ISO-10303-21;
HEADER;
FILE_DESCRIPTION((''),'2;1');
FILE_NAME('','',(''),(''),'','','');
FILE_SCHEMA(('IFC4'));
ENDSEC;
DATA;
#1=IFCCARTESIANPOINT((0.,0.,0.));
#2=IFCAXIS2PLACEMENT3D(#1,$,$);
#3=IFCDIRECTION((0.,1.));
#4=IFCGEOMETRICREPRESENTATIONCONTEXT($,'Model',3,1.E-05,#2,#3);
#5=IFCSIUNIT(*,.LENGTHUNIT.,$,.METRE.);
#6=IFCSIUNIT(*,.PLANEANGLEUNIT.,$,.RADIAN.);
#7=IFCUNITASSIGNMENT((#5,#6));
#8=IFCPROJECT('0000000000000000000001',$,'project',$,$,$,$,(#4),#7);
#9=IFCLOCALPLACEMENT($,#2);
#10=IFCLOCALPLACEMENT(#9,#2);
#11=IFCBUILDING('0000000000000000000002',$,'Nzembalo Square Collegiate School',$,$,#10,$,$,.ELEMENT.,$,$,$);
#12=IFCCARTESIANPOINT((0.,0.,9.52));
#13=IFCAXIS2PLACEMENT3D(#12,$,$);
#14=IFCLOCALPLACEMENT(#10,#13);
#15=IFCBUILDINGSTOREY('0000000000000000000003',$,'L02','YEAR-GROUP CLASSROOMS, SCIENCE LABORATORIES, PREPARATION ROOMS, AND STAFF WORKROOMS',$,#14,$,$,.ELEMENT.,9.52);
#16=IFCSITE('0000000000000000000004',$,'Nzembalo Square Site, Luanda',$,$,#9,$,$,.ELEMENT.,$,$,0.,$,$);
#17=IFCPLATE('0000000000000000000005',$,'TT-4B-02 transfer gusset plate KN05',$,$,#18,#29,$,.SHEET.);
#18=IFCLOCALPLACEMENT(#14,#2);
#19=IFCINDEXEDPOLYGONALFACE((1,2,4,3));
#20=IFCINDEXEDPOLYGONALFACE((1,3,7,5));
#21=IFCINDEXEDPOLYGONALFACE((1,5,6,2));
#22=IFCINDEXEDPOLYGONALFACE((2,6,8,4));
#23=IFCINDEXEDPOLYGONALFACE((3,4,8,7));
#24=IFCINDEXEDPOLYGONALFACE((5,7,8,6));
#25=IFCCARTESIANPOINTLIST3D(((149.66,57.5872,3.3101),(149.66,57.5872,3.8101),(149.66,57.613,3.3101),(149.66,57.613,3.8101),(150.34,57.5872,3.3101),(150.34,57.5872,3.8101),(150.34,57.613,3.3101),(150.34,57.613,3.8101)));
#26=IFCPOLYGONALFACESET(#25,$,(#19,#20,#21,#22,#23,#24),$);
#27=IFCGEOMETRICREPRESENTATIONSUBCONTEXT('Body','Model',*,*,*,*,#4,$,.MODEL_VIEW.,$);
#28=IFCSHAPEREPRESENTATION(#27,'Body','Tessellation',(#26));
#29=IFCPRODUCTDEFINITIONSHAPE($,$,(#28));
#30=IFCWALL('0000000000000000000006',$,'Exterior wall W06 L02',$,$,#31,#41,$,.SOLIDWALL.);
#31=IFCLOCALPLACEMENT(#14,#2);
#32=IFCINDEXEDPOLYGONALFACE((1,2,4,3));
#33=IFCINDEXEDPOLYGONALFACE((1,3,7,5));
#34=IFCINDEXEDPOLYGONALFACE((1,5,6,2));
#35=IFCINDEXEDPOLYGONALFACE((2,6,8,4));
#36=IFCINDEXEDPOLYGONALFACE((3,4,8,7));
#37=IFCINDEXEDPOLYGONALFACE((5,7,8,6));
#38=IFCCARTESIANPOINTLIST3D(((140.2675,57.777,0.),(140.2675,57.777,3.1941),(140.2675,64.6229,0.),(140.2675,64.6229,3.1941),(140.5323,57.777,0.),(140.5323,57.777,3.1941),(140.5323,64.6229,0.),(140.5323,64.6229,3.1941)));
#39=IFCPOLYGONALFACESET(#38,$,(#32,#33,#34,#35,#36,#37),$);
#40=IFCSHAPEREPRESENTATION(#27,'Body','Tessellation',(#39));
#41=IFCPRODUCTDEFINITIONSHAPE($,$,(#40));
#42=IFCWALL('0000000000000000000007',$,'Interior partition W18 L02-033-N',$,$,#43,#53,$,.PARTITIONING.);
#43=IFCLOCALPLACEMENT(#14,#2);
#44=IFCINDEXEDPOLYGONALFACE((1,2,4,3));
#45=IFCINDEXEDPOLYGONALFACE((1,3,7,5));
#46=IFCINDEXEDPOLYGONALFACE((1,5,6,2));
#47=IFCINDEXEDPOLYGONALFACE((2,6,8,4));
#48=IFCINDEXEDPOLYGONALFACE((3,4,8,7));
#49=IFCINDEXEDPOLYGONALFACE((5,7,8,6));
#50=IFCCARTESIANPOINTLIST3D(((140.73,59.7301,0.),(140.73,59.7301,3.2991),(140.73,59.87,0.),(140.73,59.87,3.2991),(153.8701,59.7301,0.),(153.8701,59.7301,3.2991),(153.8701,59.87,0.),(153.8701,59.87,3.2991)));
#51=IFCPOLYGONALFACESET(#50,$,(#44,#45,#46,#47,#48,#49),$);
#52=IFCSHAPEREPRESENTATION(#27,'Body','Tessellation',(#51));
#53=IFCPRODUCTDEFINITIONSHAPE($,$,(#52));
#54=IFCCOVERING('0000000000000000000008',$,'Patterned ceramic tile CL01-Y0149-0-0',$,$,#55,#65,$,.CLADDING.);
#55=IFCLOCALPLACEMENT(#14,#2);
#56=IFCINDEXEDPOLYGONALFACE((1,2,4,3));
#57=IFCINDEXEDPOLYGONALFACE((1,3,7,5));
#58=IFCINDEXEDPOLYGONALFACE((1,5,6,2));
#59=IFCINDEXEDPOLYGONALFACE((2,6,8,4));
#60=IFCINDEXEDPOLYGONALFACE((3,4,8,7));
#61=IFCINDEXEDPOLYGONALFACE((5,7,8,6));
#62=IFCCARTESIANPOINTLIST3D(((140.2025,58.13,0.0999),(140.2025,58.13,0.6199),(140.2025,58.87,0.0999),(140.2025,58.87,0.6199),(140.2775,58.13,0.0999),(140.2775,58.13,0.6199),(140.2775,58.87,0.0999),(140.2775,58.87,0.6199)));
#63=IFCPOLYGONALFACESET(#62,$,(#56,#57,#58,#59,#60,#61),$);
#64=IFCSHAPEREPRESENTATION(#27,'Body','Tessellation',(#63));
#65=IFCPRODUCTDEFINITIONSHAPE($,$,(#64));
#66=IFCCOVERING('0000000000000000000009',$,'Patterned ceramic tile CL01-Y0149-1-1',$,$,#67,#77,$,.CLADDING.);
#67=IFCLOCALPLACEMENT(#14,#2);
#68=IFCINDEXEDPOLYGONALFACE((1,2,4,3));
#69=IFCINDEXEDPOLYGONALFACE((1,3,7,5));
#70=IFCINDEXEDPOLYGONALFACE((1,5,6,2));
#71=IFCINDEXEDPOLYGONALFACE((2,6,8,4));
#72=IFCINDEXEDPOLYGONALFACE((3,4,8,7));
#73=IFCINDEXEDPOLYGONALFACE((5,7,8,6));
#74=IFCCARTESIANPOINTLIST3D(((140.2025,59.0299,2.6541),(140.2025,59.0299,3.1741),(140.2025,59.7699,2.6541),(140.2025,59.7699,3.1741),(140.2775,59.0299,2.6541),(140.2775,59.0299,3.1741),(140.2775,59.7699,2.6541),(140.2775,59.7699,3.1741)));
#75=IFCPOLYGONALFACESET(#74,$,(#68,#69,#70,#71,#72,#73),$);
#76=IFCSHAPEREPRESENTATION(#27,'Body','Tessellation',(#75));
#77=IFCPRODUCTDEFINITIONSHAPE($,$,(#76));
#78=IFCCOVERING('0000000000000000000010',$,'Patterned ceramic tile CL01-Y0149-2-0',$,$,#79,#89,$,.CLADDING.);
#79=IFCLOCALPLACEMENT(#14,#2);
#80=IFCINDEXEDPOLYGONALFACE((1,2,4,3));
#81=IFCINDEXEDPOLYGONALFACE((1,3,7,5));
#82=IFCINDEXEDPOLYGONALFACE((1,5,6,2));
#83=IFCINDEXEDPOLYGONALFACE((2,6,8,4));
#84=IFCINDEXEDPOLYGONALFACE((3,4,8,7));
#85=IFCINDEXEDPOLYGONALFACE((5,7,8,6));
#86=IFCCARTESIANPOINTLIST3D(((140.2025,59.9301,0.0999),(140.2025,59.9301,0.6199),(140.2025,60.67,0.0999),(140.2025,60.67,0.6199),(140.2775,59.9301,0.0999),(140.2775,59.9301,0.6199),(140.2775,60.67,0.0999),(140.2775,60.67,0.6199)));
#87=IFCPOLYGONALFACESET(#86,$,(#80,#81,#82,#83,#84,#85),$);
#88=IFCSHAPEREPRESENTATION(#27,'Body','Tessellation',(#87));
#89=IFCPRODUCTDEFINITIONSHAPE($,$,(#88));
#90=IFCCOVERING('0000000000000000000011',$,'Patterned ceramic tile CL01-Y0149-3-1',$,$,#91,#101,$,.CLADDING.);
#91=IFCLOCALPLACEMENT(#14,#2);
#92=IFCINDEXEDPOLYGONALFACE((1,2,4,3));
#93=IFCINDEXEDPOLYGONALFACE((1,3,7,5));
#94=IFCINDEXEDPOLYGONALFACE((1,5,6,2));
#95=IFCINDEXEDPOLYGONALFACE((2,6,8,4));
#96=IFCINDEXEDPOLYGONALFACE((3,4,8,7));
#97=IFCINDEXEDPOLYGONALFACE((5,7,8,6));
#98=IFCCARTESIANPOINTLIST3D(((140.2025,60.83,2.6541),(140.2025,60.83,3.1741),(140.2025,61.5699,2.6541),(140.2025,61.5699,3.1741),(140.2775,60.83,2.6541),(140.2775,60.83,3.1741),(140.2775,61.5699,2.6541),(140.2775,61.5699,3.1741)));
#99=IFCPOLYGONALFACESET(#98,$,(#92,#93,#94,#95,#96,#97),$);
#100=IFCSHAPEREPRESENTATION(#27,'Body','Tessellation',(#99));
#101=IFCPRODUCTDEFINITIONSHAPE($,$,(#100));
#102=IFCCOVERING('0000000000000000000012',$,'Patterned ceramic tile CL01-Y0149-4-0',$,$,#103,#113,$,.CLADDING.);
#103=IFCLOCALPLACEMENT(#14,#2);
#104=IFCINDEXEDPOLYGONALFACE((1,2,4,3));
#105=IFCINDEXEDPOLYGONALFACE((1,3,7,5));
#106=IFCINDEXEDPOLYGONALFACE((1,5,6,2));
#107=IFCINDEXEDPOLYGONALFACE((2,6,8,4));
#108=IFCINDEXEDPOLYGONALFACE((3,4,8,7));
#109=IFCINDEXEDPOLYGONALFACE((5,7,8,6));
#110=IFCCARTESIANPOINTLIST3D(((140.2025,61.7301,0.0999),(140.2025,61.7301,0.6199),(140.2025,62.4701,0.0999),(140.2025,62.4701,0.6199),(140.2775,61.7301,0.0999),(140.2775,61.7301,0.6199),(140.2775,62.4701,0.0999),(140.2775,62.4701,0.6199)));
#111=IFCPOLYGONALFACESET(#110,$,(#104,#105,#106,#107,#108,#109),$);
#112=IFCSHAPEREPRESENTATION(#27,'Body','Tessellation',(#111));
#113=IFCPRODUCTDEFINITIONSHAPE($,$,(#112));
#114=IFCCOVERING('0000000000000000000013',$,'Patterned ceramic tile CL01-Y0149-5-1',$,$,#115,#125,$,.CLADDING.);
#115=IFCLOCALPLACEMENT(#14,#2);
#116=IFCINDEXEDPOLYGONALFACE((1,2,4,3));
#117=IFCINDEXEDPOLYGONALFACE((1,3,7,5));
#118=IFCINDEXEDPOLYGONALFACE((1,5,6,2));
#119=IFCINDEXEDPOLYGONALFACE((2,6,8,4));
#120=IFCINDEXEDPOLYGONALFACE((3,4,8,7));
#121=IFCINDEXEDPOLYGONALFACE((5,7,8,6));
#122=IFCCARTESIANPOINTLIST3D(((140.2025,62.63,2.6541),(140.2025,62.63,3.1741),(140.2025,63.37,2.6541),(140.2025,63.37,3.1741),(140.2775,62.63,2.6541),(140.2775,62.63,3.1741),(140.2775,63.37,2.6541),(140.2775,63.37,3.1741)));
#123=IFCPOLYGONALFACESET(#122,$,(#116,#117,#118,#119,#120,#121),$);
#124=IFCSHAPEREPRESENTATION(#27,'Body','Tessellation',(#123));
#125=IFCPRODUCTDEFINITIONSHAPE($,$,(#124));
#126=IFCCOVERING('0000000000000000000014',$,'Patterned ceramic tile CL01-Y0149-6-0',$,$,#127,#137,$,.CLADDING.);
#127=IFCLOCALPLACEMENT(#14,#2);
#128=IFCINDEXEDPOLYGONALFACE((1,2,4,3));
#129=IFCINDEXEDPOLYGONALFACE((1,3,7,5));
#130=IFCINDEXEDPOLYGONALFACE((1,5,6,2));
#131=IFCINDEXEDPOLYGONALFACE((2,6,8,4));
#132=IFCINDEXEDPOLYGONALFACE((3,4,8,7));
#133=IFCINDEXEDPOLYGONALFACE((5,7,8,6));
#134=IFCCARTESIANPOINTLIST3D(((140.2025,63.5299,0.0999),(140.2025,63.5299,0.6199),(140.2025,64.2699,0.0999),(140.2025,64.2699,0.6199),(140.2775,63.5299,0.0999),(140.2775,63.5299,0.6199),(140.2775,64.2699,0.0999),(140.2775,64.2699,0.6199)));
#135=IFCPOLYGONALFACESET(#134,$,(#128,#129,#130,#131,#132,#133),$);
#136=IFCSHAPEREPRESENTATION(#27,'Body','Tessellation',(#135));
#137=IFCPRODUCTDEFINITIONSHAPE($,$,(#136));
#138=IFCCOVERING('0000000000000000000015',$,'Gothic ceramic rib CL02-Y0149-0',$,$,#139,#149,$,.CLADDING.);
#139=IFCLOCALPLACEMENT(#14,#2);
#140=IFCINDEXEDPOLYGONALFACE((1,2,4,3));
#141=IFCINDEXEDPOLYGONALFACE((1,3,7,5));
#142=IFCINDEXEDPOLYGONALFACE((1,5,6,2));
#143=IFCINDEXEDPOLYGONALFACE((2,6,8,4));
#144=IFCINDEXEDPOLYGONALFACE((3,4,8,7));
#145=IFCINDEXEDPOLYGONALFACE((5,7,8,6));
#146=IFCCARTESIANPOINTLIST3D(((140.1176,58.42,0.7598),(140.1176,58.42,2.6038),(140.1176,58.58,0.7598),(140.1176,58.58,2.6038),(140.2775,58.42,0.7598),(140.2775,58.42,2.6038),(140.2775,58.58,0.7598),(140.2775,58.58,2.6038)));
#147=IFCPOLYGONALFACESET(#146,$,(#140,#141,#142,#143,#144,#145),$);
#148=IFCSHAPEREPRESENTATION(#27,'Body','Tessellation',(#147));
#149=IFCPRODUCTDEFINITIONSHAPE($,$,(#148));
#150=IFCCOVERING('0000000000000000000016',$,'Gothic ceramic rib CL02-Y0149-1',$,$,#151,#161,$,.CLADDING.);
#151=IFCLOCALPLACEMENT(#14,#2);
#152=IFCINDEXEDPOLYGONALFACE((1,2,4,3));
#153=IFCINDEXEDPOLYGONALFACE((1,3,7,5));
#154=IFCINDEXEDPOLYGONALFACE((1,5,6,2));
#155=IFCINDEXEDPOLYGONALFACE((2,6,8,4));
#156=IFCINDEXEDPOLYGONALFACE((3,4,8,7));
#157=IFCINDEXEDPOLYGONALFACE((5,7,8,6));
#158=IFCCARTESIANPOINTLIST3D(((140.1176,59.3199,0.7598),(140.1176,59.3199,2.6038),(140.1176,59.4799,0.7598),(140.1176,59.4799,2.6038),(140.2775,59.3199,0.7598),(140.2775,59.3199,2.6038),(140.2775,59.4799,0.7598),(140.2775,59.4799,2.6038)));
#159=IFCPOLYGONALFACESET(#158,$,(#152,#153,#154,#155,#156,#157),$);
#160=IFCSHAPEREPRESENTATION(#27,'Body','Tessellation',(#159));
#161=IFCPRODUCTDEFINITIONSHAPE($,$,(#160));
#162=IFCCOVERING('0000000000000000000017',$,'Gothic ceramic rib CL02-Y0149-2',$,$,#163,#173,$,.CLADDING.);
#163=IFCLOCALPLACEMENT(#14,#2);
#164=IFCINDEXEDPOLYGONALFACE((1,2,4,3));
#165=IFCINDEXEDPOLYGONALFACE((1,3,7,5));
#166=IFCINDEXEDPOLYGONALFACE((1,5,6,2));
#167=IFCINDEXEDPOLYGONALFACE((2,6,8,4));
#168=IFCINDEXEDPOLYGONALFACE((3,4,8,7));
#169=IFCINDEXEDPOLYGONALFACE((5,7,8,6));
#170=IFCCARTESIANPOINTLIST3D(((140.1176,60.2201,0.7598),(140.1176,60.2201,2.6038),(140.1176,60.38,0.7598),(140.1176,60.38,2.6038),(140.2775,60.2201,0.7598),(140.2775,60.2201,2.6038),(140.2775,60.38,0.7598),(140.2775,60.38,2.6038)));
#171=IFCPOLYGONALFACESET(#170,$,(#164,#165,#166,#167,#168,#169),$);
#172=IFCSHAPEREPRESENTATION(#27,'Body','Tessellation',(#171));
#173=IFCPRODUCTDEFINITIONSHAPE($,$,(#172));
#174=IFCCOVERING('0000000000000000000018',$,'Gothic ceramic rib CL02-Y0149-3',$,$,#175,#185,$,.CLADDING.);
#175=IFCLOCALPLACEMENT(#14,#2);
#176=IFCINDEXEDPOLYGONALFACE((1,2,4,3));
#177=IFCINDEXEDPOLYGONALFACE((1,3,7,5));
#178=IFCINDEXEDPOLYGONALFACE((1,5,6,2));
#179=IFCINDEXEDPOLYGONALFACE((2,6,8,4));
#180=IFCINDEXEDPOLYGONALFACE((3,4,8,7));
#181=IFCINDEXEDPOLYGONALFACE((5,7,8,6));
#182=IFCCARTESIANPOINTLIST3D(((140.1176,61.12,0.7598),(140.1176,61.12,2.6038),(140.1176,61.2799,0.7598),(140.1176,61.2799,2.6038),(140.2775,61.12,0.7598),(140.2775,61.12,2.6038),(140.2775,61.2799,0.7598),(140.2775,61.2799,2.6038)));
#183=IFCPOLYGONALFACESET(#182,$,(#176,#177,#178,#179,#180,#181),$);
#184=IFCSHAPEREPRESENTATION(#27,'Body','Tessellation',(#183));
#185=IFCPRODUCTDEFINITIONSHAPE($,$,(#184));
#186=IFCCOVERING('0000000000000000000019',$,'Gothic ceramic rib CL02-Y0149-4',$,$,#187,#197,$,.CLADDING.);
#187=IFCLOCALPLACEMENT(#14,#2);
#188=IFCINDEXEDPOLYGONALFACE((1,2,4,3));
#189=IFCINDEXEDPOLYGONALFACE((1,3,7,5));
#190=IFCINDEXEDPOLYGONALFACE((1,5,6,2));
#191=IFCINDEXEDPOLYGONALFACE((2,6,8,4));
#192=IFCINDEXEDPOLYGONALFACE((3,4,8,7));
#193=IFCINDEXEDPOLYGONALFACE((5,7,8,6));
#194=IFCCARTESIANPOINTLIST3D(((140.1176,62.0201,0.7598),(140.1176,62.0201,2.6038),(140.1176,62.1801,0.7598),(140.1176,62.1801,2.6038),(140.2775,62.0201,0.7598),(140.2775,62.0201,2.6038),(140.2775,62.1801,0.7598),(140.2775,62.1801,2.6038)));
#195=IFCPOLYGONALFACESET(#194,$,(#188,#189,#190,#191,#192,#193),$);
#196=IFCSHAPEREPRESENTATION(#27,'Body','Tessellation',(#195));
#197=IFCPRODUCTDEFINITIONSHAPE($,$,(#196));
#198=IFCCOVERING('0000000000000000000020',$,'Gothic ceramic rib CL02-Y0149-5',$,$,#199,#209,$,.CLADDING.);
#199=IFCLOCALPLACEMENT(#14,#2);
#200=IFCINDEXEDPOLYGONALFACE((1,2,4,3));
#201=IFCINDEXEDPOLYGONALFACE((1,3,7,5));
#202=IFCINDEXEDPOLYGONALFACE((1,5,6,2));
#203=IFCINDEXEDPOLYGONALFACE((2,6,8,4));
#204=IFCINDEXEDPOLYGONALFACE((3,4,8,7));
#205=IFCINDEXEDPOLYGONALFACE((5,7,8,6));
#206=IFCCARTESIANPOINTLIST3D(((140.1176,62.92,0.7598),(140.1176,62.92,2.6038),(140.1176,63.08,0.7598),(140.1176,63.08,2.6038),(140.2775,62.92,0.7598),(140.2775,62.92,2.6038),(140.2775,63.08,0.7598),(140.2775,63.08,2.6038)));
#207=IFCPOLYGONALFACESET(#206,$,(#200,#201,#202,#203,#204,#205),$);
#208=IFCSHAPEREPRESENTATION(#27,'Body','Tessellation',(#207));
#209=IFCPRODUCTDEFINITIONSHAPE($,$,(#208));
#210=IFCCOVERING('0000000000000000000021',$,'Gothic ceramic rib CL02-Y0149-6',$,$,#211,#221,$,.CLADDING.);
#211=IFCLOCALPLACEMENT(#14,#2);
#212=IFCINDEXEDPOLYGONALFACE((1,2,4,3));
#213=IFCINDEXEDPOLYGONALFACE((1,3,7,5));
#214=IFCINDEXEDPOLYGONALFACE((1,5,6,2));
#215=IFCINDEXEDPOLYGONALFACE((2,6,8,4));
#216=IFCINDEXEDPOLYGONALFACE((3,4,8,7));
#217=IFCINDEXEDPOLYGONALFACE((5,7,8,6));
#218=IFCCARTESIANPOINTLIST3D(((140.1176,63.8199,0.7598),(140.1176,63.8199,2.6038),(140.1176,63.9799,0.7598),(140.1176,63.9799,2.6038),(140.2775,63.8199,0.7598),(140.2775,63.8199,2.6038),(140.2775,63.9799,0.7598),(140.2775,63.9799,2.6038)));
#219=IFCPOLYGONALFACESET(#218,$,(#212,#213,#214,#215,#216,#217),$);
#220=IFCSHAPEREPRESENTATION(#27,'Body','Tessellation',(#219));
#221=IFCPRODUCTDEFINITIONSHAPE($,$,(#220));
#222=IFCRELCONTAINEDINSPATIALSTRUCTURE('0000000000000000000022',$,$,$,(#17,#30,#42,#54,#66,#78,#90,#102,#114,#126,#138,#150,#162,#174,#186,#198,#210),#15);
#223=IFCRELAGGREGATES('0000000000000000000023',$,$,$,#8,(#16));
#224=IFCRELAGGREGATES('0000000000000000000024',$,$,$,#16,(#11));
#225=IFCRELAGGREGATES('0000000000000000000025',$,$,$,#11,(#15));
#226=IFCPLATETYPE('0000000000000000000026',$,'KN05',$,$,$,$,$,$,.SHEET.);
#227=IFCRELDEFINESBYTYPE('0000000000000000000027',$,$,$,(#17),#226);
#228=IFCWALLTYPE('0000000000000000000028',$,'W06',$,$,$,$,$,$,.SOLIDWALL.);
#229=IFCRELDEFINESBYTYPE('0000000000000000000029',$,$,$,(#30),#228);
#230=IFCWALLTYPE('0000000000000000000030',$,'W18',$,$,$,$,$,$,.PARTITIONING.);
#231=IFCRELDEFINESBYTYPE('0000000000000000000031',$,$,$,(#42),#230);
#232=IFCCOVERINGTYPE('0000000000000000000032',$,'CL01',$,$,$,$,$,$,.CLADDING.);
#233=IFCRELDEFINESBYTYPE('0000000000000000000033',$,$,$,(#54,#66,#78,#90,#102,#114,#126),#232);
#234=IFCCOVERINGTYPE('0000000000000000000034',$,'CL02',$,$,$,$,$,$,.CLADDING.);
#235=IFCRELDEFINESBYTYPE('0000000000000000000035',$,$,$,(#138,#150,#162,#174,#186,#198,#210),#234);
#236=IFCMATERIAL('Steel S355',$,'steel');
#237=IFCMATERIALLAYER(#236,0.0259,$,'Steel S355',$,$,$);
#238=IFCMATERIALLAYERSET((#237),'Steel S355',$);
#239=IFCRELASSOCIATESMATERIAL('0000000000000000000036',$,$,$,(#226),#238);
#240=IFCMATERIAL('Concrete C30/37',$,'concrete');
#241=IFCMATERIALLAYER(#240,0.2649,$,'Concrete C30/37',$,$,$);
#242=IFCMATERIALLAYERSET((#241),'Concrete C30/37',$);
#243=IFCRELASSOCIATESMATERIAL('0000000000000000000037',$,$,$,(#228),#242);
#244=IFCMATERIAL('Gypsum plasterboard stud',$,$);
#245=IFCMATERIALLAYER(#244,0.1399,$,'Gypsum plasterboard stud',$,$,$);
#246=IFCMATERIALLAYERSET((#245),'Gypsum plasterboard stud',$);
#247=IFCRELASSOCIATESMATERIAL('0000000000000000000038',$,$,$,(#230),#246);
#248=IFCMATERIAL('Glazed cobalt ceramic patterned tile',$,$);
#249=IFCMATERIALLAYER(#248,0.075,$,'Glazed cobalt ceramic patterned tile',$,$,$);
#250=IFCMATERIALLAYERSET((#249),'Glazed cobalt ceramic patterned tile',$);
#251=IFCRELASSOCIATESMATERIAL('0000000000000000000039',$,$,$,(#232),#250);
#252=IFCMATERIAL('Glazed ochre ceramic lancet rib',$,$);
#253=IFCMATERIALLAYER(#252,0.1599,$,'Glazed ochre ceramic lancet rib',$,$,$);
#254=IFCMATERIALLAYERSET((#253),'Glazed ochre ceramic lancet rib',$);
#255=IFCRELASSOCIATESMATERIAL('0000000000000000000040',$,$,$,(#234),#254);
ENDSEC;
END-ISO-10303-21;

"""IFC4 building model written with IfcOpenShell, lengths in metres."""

from ifc_helpers import new_model, si_unit, direction, frame, frame_2d, origin, origin_2d, place, context, subcontext, project, spatial, rectangle, extrude, material, layer, layer_set, type_object, element, save


model = new_model("IFC4")

# Units and contexts
model_context = context("Model", 3, precision=1e-05, world=origin(), true_north=direction((0.0, 1.0)))
body_context = subcontext(model_context, "Body", "Model", "MODEL_VIEW")
ifc_project = project(units=[si_unit("LENGTHUNIT", "METRE"), si_unit("PLANEANGLEUNIT", "RADIAN")], contexts=[model_context])

# Site, building, storey
site_placement = place(None, origin())
site = spatial("IfcSite", under=ifc_project, at=site_placement, Name="Nzembalo Square Site, Luanda", CompositionType="ELEMENT", RefElevation=0.0)
building_placement = place(site_placement, origin())
building = spatial("IfcBuilding", under=site, at=building_placement, Name="Nzembalo Square Collegiate School", CompositionType="ELEMENT")
storey_placement = place(building_placement, frame((0.0, 0.0, 9.52)))
storey = spatial("IfcBuildingStorey", under=building, at=storey_placement, Name="L02", Description="YEAR-GROUP CLASSROOMS, SCIENCE LABORATORIES, PREPARATION ROOMS, AND STAFF WORKROOMS", CompositionType="ELEMENT", Elevation=9.52)

# Plate
ifc_material_1 = material(Name="Steel S355", Category="steel")
ifc_layer_1 = layer(ifc_material_1, 0.0259, Name="Steel S355")
ifc_layer_set_1 = layer_set([ifc_layer_1], Name="Steel S355")
plate_type_1 = type_object("IfcPlateType", Name="KN05", PredefinedType="SHEET", material=ifc_layer_set_1)
plate_1_placement = place(storey_placement, frame((150.0, 57.6001, 3.3101), z_axis=(0.0, 0.0, 1.0), x_axis=(1.0, 0.0, 0.0)))
element("IfcPlate", 1, at=plate_1_placement, inside=storey, type_object=plate_type_1, Name="TT-4B-02 transfer gusset plate KN05", PredefinedType="SHEET", context=body_context, shape_type="SweptSolid", body=[
    extrude(rectangle(XDim=0.6799, YDim=0.0259, at=origin_2d()), origin(), (0.0, 0.0, 1.0), 0.5),
])

# Walls
ifc_material_2 = material(Name="Concrete C30/37", Category="concrete")
ifc_layer_2 = layer(ifc_material_2, 0.2649, Name="Concrete C30/37")
ifc_layer_set_2 = layer_set([ifc_layer_2], Name="Concrete C30/37")
wall_type_1 = type_object("IfcWallType", Name="W06", PredefinedType="SOLIDWALL", material=ifc_layer_set_2)
wall_1_placement = place(storey_placement, frame((140.3999, 57.7771, 0.0), z_axis=(0.0, 0.0, 1.0), x_axis=(0.0, 1.0, 0.0)))
element("IfcWall", 2, at=wall_1_placement, inside=storey, type_object=wall_type_1, Name="Exterior wall W06 L02", PredefinedType="SOLIDWALL", context=body_context, shape_type="SweptSolid", body=[
    extrude(rectangle(XDim=6.8459, YDim=0.2649, at=frame_2d((3.4229, 0.0))), origin(), (0.0, 0.0, 1.0), 3.1941),
])
ifc_material_3 = material(Name="Gypsum plasterboard stud")
ifc_layer_3 = layer(ifc_material_3, 0.1399, Name="Gypsum plasterboard stud")
ifc_layer_set_3 = layer_set([ifc_layer_3], Name="Gypsum plasterboard stud")
wall_type_2 = type_object("IfcWallType", Name="W18", PredefinedType="PARTITIONING", material=ifc_layer_set_3)
wall_2_placement = place(storey_placement, frame((140.73, 59.8, 0.0), z_axis=(0.0, 0.0, 1.0), x_axis=(1.0, 0.0, 0.0)))
element("IfcWall", 3, at=wall_2_placement, inside=storey, type_object=wall_type_2, Name="Interior partition W18 L02-033-N", PredefinedType="PARTITIONING", context=body_context, shape_type="SweptSolid", body=[
    extrude(rectangle(XDim=13.1401, YDim=0.1399, at=frame_2d((6.5701, 0.0))), origin(), (0.0, 0.0, 1.0), 3.2991),
])

# Coverings
ifc_material_4 = material(Name="Glazed cobalt ceramic patterned tile")
ifc_layer_4 = layer(ifc_material_4, 0.075, Name="Glazed cobalt ceramic patterned tile")
ifc_layer_set_4 = layer_set([ifc_layer_4], Name="Glazed cobalt ceramic patterned tile")
covering_type_1 = type_object("IfcCoveringType", Name="CL01", PredefinedType="CLADDING", material=ifc_layer_set_4)
for number, where, z_axis, x_axis, name in (
    (4, (140.24, 58.5, 0.0999), (0.0, 0.0, 1.0), (1.0, 0.0, 0.0), "Patterned ceramic tile CL01-Y0149-0-0"),
    (5, (140.24, 59.3999, 2.6541), (0.0, 0.0, 1.0), (1.0, 0.0, 0.0), "Patterned ceramic tile CL01-Y0149-1-1"),
    (6, (140.24, 60.3, 0.0999), (0.0, 0.0, 1.0), (1.0, 0.0, 0.0), "Patterned ceramic tile CL01-Y0149-2-0"),
    (7, (140.24, 61.2, 2.6541), (0.0, 0.0, 1.0), (1.0, 0.0, 0.0), "Patterned ceramic tile CL01-Y0149-3-1"),
    (8, (140.24, 62.1001, 0.0999), (0.0, 0.0, 1.0), (1.0, 0.0, 0.0), "Patterned ceramic tile CL01-Y0149-4-0"),
    (9, (140.24, 63.0, 2.6541), (0.0, 0.0, 1.0), (1.0, 0.0, 0.0), "Patterned ceramic tile CL01-Y0149-5-1"),
    (10, (140.24, 63.8999, 0.0999), (0.0, 0.0, 1.0), (1.0, 0.0, 0.0), "Patterned ceramic tile CL01-Y0149-6-0"),
):
    element("IfcCovering", number, at=place(storey_placement, frame(where, z_axis=z_axis, x_axis=x_axis)), inside=storey, type_object=covering_type_1, Name=name, PredefinedType="CLADDING", context=body_context, shape_type="SweptSolid", body=[
        extrude(rectangle(XDim=0.075, YDim=0.74, at=origin_2d()), origin(), (0.0, 0.0, 1.0), 0.52),
    ])
ifc_material_5 = material(Name="Glazed ochre ceramic lancet rib")
ifc_layer_5 = layer(ifc_material_5, 0.1599, Name="Glazed ochre ceramic lancet rib")
ifc_layer_set_5 = layer_set([ifc_layer_5], Name="Glazed ochre ceramic lancet rib")
covering_type_2 = type_object("IfcCoveringType", Name="CL02", PredefinedType="CLADDING", material=ifc_layer_set_5)
for number, where, z_axis, x_axis, name in (
    (11, (140.1975, 58.5, 0.7598), (0.0, 0.0, 1.0), (1.0, 0.0, 0.0), "Gothic ceramic rib CL02-Y0149-0"),
    (12, (140.1975, 59.3999, 0.7598), (0.0, 0.0, 1.0), (1.0, 0.0, 0.0), "Gothic ceramic rib CL02-Y0149-1"),
    (13, (140.1975, 60.3, 0.7598), (0.0, 0.0, 1.0), (1.0, 0.0, 0.0), "Gothic ceramic rib CL02-Y0149-2"),
    (14, (140.1975, 61.2, 0.7598), (0.0, 0.0, 1.0), (1.0, 0.0, 0.0), "Gothic ceramic rib CL02-Y0149-3"),
    (15, (140.1975, 62.1001, 0.7598), (0.0, 0.0, 1.0), (1.0, 0.0, 0.0), "Gothic ceramic rib CL02-Y0149-4"),
    (16, (140.1975, 63.0, 0.7598), (0.0, 0.0, 1.0), (1.0, 0.0, 0.0), "Gothic ceramic rib CL02-Y0149-5"),
    (17, (140.1975, 63.8999, 0.7598), (0.0, 0.0, 1.0), (1.0, 0.0, 0.0), "Gothic ceramic rib CL02-Y0149-6"),
):
    element("IfcCovering", number, at=place(storey_placement, frame(where, z_axis=z_axis, x_axis=x_axis)), inside=storey, type_object=covering_type_2, Name=name, PredefinedType="CLADDING", context=body_context, shape_type="SweptSolid", body=[
        extrude(rectangle(XDim=0.1599, YDim=0.1599, at=origin_2d()), origin(), (0.0, 0.0, 1.0), 1.844),
    ])

save(model, "model.ifc")
